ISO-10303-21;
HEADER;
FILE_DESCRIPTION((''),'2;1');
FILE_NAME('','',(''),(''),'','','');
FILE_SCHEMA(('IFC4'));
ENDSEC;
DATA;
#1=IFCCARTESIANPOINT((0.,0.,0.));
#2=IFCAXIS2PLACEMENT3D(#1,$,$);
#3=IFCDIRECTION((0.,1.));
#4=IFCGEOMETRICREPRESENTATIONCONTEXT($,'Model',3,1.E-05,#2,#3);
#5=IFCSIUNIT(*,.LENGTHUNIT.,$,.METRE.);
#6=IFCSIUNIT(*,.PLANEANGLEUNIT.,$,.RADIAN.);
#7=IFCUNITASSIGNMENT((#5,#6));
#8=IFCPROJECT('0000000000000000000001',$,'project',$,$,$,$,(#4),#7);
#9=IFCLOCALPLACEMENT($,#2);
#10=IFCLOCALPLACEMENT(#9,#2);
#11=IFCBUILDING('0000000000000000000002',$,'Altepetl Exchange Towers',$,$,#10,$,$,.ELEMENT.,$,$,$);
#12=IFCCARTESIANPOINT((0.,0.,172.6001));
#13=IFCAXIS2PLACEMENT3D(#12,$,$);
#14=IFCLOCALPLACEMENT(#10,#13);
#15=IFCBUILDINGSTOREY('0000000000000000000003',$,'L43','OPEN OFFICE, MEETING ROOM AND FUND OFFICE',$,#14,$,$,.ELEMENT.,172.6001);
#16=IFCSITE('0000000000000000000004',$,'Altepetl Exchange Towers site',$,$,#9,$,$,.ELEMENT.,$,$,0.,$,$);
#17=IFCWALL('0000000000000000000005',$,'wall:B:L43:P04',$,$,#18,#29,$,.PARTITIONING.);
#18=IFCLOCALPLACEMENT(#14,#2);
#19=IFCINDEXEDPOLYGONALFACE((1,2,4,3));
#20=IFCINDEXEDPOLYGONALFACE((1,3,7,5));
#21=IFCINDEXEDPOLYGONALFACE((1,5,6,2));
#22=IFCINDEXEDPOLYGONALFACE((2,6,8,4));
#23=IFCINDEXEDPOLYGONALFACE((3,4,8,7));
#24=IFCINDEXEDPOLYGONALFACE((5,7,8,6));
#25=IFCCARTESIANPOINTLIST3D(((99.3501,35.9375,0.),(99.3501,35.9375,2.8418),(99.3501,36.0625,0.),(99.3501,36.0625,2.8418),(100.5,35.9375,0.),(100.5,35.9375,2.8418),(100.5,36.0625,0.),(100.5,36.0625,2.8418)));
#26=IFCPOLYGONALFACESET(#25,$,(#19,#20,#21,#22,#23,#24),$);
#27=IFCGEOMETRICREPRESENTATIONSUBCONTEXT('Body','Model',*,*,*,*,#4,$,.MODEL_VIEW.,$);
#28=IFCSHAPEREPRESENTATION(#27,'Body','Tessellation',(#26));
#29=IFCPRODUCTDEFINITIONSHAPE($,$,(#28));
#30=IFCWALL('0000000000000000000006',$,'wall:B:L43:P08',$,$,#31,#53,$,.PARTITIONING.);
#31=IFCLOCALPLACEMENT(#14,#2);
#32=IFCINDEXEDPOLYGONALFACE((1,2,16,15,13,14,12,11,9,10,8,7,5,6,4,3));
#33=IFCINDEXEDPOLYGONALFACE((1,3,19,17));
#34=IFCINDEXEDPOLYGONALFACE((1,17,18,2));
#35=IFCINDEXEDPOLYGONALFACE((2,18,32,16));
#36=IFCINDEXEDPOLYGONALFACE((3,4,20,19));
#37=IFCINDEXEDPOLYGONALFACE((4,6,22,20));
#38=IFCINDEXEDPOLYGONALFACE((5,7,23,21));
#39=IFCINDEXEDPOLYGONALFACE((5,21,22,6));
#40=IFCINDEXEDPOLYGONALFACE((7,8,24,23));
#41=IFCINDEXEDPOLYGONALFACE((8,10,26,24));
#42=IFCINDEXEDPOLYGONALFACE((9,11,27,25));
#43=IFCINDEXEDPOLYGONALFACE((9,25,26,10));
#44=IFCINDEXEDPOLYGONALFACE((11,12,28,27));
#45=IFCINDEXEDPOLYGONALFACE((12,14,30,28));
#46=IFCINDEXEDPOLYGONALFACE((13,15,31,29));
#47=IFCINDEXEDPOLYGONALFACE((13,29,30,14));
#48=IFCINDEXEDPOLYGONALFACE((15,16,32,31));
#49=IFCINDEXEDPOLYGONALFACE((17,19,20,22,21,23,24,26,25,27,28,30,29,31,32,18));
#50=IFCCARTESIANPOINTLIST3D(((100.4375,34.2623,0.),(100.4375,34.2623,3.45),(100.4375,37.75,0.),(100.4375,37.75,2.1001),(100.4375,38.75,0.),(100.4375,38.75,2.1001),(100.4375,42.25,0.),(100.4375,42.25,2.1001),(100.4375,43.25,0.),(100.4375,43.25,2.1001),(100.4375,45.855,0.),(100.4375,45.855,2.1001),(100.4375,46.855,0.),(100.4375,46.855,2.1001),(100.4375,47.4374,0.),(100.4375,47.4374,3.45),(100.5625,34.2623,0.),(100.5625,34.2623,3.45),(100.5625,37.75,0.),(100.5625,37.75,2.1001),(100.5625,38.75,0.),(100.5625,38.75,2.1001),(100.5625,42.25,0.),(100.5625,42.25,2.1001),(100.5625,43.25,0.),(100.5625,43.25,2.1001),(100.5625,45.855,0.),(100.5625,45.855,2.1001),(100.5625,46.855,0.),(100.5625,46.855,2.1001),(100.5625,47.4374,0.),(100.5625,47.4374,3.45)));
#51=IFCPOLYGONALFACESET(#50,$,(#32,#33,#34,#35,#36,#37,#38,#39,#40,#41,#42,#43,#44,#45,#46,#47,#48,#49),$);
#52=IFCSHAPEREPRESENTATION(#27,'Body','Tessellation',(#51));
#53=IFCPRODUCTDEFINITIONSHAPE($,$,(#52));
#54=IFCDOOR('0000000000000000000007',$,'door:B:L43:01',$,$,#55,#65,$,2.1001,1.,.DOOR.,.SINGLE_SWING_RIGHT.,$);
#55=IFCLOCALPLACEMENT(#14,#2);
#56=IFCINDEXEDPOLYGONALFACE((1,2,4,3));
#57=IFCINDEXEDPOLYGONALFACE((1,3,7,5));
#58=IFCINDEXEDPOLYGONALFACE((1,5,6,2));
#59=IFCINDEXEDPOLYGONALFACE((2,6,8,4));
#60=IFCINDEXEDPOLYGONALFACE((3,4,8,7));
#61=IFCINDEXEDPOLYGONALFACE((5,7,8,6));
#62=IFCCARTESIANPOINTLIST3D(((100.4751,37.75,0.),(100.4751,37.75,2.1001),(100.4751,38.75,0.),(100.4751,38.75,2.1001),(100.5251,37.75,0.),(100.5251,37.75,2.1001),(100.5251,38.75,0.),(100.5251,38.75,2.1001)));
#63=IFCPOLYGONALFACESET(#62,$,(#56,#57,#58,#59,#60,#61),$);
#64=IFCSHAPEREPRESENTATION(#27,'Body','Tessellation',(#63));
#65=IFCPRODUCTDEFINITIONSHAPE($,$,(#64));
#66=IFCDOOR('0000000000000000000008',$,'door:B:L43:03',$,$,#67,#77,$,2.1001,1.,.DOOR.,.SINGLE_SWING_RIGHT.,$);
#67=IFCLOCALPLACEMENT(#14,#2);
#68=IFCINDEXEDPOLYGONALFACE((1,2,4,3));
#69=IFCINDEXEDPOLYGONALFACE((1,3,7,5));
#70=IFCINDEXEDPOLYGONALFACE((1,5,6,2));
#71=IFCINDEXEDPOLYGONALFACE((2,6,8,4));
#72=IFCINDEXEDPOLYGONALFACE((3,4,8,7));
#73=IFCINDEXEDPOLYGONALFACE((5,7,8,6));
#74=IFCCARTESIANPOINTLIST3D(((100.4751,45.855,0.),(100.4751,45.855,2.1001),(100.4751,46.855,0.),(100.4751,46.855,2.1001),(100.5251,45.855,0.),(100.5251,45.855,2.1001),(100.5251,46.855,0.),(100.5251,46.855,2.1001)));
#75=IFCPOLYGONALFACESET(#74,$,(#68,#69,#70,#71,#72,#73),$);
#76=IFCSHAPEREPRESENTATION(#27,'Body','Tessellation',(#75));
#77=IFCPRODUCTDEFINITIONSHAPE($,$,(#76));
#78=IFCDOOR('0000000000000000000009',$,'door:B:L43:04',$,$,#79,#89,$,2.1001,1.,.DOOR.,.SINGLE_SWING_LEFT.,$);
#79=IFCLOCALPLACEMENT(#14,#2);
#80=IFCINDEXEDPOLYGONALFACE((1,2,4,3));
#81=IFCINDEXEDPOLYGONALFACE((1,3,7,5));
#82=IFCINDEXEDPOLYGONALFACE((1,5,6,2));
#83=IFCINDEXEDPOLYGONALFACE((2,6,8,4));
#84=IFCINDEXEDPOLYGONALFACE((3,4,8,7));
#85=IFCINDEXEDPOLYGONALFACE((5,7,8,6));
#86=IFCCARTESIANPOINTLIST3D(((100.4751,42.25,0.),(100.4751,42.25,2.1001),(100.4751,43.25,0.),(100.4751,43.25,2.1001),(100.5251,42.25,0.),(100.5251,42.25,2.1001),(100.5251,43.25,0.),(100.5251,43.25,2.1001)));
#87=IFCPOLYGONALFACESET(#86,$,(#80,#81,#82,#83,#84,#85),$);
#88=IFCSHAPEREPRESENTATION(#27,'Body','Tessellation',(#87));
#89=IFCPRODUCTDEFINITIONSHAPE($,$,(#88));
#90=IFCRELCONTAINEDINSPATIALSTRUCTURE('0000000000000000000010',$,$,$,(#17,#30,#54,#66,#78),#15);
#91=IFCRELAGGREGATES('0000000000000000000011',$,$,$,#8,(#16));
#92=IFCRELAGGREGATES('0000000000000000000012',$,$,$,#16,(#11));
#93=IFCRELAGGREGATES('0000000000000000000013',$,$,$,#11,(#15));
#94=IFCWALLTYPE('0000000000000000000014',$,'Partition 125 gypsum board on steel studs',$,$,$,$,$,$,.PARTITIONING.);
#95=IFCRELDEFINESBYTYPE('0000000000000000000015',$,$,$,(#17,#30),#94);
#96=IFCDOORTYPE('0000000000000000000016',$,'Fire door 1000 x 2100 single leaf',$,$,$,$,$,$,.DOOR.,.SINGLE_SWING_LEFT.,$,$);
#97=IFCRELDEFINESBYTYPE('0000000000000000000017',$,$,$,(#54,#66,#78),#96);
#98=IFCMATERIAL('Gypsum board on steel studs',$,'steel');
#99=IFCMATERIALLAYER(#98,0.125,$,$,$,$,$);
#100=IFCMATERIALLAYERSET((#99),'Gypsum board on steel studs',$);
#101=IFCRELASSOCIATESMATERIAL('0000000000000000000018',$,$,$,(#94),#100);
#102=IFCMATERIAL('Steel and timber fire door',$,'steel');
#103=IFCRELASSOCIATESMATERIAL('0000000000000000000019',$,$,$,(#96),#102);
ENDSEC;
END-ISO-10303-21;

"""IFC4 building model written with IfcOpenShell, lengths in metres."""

from ifc_helpers import new_model, si_unit, direction, frame, frame_2d, origin, place, context, subcontext, project, spatial, rectangle, extrude, material, layer, layer_set, type_object, element, fill, save


model = new_model("IFC4")

# Units and contexts
model_context = context("Model", 3, precision=1e-05, world=origin(), true_north=direction((0.0, 1.0)))
body_context = subcontext(model_context, "Body", "Model", "MODEL_VIEW")
ifc_project = project(units=[si_unit("LENGTHUNIT", "METRE"), si_unit("PLANEANGLEUNIT", "RADIAN")], contexts=[model_context])

# Site, building, storey
site_placement = place(None, origin())
site = spatial("IfcSite", under=ifc_project, at=site_placement, Name="Altepetl Exchange Towers site", CompositionType="ELEMENT", RefElevation=0.0)
building_placement = place(site_placement, origin())
building = spatial("IfcBuilding", under=site, at=building_placement, Name="Altepetl Exchange Towers", CompositionType="ELEMENT")
storey_placement = place(building_placement, frame((0.0, 0.0, 172.6001)))
storey = spatial("IfcBuildingStorey", under=building, at=storey_placement, Name="L43", Description="OPEN OFFICE, MEETING ROOM AND FUND OFFICE", CompositionType="ELEMENT", Elevation=172.6001)

# Shared definitions
ifc_material_1 = material(Name="Gypsum board on steel studs", Category="steel")
ifc_layer_1 = layer(ifc_material_1, 0.125)
ifc_layer_set_1 = layer_set([ifc_layer_1], Name="Gypsum board on steel studs")
wall_type_1 = type_object("IfcWallType", Name="Partition 125 gypsum board on steel studs", PredefinedType="PARTITIONING", material=ifc_layer_set_1)
ifc_material_2 = material(Name="Steel and timber fire door", Category="steel")
door_type_1 = type_object("IfcDoorType", Name="Fire door 1000 x 2100 single leaf", OperationType="SINGLE_SWING_LEFT", PredefinedType="DOOR", material=ifc_material_2)

# Wall
wall_1_placement = place(storey_placement, frame((99.3501, 36.0, 0.0)))
element("IfcWall", 1, at=wall_1_placement, inside=storey, type_object=wall_type_1, Name="wall:B:L43:P04", PredefinedType="PARTITIONING", context=body_context, shape_type="SweptSolid", body=[
    extrude(rectangle(XDim=1.1499, YDim=0.125, at=frame_2d((0.575, 0.0))), origin(), (0.0, 0.0, 1.0), 2.8418),
])

# Wall, openings, doors
wall_2_placement = place(storey_placement, frame((100.5, 34.2625, 0.0), z_axis=(0.0, 0.0, 1.0), x_axis=(0.0, 1.0, 0.0)))
wall_2 = element("IfcWall", 2, at=wall_2_placement, inside=storey, type_object=wall_type_1, Name="wall:B:L43:P08", PredefinedType="PARTITIONING", context=body_context, shape_type="SweptSolid", body=[
    extrude(rectangle(XDim=13.175, YDim=0.125, at=frame_2d((6.5874, 0.0))), origin(), (0.0, 0.0, 1.0), 3.45),
])
opening_1_placement = place(wall_2_placement, frame((3.4875, 0.0, 0.0)))
opening_1 = element("IfcOpeningElement", 3, at=opening_1_placement, cuts=wall_2, PredefinedType="OPENING", context=body_context, shape_type="SweptSolid", body=[
    extrude(rectangle(XDim=1.0, YDim=2.1001, at=frame_2d((0.5, 1.05))), frame((0.0, 0.0725, 0.0), z_axis=(0.0, -1.0, 0.0), x_axis=(1.0, 0.0, 0.0)), (0.0, 0.0, 1.0), 0.145),
])
opening_2_placement = place(wall_2_placement, frame((11.5925, 0.0, 0.0)))
opening_2 = element("IfcOpeningElement", 4, at=opening_2_placement, cuts=wall_2, PredefinedType="OPENING", context=body_context, shape_type="SweptSolid", body=[
    extrude(rectangle(XDim=1.0, YDim=2.1001, at=frame_2d((0.5, 1.05))), frame((0.0, 0.0725, 0.0), z_axis=(0.0, -1.0, 0.0), x_axis=(1.0, 0.0, 0.0)), (0.0, 0.0, 1.0), 0.145),
])
opening_3_placement = place(wall_2_placement, frame((7.9875, 0.0, 0.0)))
opening_3 = element("IfcOpeningElement", 5, at=opening_3_placement, cuts=wall_2, PredefinedType="OPENING", context=body_context, shape_type="SweptSolid", body=[
    extrude(rectangle(XDim=1.0, YDim=2.1001, at=frame_2d((0.5, 1.05))), frame((0.0, 0.0725, 0.0), z_axis=(0.0, -1.0, 0.0), x_axis=(1.0, 0.0, 0.0)), (0.0, 0.0, 1.0), 0.145),
])
door_1_placement = place(opening_1_placement, origin())
door_1 = element("IfcDoor", 6, at=door_1_placement, inside=storey, type_object=door_type_1, Name="door:B:L43:01", OperationType="SINGLE_SWING_RIGHT", OverallHeight=2.1001, OverallWidth=1.0, PredefinedType="DOOR", context=body_context, shape_type="SweptSolid", body=[
    extrude(rectangle(XDim=1.0, YDim=2.1001, at=frame_2d((0.5, 1.05))), frame((0.0, 0.0249, 0.0), z_axis=(0.0, -1.0, 0.0), x_axis=(1.0, 0.0, 0.0)), (0.0, 0.0, 1.0), 0.05),
])
fill(opening_1, door_1)
door_2_placement = place(opening_2_placement, origin())
door_2 = element("IfcDoor", 7, at=door_2_placement, inside=storey, type_object=door_type_1, Name="door:B:L43:03", OperationType="SINGLE_SWING_RIGHT", OverallHeight=2.1001, OverallWidth=1.0, PredefinedType="DOOR", context=body_context, shape_type="SweptSolid", body=[
    extrude(rectangle(XDim=1.0, YDim=2.1001, at=frame_2d((0.5, 1.05))), frame((0.0, 0.0249, 0.0), z_axis=(0.0, -1.0, 0.0), x_axis=(1.0, 0.0, 0.0)), (0.0, 0.0, 1.0), 0.05),
])
fill(opening_2, door_2)
door_3_placement = place(opening_3_placement, origin())
door_3 = element("IfcDoor", 8, at=door_3_placement, inside=storey, type_object=door_type_1, Name="door:B:L43:04", OperationType="SINGLE_SWING_LEFT", OverallHeight=2.1001, OverallWidth=1.0, PredefinedType="DOOR", context=body_context, shape_type="SweptSolid", body=[
    extrude(rectangle(XDim=1.0, YDim=2.1001, at=frame_2d((0.5, 1.05))), frame((0.0, 0.0249, 0.0), z_axis=(0.0, -1.0, 0.0), x_axis=(1.0, 0.0, 0.0)), (0.0, 0.0, 1.0), 0.05),
])
fill(opening_3, door_3)

save(model, "model.ifc")
